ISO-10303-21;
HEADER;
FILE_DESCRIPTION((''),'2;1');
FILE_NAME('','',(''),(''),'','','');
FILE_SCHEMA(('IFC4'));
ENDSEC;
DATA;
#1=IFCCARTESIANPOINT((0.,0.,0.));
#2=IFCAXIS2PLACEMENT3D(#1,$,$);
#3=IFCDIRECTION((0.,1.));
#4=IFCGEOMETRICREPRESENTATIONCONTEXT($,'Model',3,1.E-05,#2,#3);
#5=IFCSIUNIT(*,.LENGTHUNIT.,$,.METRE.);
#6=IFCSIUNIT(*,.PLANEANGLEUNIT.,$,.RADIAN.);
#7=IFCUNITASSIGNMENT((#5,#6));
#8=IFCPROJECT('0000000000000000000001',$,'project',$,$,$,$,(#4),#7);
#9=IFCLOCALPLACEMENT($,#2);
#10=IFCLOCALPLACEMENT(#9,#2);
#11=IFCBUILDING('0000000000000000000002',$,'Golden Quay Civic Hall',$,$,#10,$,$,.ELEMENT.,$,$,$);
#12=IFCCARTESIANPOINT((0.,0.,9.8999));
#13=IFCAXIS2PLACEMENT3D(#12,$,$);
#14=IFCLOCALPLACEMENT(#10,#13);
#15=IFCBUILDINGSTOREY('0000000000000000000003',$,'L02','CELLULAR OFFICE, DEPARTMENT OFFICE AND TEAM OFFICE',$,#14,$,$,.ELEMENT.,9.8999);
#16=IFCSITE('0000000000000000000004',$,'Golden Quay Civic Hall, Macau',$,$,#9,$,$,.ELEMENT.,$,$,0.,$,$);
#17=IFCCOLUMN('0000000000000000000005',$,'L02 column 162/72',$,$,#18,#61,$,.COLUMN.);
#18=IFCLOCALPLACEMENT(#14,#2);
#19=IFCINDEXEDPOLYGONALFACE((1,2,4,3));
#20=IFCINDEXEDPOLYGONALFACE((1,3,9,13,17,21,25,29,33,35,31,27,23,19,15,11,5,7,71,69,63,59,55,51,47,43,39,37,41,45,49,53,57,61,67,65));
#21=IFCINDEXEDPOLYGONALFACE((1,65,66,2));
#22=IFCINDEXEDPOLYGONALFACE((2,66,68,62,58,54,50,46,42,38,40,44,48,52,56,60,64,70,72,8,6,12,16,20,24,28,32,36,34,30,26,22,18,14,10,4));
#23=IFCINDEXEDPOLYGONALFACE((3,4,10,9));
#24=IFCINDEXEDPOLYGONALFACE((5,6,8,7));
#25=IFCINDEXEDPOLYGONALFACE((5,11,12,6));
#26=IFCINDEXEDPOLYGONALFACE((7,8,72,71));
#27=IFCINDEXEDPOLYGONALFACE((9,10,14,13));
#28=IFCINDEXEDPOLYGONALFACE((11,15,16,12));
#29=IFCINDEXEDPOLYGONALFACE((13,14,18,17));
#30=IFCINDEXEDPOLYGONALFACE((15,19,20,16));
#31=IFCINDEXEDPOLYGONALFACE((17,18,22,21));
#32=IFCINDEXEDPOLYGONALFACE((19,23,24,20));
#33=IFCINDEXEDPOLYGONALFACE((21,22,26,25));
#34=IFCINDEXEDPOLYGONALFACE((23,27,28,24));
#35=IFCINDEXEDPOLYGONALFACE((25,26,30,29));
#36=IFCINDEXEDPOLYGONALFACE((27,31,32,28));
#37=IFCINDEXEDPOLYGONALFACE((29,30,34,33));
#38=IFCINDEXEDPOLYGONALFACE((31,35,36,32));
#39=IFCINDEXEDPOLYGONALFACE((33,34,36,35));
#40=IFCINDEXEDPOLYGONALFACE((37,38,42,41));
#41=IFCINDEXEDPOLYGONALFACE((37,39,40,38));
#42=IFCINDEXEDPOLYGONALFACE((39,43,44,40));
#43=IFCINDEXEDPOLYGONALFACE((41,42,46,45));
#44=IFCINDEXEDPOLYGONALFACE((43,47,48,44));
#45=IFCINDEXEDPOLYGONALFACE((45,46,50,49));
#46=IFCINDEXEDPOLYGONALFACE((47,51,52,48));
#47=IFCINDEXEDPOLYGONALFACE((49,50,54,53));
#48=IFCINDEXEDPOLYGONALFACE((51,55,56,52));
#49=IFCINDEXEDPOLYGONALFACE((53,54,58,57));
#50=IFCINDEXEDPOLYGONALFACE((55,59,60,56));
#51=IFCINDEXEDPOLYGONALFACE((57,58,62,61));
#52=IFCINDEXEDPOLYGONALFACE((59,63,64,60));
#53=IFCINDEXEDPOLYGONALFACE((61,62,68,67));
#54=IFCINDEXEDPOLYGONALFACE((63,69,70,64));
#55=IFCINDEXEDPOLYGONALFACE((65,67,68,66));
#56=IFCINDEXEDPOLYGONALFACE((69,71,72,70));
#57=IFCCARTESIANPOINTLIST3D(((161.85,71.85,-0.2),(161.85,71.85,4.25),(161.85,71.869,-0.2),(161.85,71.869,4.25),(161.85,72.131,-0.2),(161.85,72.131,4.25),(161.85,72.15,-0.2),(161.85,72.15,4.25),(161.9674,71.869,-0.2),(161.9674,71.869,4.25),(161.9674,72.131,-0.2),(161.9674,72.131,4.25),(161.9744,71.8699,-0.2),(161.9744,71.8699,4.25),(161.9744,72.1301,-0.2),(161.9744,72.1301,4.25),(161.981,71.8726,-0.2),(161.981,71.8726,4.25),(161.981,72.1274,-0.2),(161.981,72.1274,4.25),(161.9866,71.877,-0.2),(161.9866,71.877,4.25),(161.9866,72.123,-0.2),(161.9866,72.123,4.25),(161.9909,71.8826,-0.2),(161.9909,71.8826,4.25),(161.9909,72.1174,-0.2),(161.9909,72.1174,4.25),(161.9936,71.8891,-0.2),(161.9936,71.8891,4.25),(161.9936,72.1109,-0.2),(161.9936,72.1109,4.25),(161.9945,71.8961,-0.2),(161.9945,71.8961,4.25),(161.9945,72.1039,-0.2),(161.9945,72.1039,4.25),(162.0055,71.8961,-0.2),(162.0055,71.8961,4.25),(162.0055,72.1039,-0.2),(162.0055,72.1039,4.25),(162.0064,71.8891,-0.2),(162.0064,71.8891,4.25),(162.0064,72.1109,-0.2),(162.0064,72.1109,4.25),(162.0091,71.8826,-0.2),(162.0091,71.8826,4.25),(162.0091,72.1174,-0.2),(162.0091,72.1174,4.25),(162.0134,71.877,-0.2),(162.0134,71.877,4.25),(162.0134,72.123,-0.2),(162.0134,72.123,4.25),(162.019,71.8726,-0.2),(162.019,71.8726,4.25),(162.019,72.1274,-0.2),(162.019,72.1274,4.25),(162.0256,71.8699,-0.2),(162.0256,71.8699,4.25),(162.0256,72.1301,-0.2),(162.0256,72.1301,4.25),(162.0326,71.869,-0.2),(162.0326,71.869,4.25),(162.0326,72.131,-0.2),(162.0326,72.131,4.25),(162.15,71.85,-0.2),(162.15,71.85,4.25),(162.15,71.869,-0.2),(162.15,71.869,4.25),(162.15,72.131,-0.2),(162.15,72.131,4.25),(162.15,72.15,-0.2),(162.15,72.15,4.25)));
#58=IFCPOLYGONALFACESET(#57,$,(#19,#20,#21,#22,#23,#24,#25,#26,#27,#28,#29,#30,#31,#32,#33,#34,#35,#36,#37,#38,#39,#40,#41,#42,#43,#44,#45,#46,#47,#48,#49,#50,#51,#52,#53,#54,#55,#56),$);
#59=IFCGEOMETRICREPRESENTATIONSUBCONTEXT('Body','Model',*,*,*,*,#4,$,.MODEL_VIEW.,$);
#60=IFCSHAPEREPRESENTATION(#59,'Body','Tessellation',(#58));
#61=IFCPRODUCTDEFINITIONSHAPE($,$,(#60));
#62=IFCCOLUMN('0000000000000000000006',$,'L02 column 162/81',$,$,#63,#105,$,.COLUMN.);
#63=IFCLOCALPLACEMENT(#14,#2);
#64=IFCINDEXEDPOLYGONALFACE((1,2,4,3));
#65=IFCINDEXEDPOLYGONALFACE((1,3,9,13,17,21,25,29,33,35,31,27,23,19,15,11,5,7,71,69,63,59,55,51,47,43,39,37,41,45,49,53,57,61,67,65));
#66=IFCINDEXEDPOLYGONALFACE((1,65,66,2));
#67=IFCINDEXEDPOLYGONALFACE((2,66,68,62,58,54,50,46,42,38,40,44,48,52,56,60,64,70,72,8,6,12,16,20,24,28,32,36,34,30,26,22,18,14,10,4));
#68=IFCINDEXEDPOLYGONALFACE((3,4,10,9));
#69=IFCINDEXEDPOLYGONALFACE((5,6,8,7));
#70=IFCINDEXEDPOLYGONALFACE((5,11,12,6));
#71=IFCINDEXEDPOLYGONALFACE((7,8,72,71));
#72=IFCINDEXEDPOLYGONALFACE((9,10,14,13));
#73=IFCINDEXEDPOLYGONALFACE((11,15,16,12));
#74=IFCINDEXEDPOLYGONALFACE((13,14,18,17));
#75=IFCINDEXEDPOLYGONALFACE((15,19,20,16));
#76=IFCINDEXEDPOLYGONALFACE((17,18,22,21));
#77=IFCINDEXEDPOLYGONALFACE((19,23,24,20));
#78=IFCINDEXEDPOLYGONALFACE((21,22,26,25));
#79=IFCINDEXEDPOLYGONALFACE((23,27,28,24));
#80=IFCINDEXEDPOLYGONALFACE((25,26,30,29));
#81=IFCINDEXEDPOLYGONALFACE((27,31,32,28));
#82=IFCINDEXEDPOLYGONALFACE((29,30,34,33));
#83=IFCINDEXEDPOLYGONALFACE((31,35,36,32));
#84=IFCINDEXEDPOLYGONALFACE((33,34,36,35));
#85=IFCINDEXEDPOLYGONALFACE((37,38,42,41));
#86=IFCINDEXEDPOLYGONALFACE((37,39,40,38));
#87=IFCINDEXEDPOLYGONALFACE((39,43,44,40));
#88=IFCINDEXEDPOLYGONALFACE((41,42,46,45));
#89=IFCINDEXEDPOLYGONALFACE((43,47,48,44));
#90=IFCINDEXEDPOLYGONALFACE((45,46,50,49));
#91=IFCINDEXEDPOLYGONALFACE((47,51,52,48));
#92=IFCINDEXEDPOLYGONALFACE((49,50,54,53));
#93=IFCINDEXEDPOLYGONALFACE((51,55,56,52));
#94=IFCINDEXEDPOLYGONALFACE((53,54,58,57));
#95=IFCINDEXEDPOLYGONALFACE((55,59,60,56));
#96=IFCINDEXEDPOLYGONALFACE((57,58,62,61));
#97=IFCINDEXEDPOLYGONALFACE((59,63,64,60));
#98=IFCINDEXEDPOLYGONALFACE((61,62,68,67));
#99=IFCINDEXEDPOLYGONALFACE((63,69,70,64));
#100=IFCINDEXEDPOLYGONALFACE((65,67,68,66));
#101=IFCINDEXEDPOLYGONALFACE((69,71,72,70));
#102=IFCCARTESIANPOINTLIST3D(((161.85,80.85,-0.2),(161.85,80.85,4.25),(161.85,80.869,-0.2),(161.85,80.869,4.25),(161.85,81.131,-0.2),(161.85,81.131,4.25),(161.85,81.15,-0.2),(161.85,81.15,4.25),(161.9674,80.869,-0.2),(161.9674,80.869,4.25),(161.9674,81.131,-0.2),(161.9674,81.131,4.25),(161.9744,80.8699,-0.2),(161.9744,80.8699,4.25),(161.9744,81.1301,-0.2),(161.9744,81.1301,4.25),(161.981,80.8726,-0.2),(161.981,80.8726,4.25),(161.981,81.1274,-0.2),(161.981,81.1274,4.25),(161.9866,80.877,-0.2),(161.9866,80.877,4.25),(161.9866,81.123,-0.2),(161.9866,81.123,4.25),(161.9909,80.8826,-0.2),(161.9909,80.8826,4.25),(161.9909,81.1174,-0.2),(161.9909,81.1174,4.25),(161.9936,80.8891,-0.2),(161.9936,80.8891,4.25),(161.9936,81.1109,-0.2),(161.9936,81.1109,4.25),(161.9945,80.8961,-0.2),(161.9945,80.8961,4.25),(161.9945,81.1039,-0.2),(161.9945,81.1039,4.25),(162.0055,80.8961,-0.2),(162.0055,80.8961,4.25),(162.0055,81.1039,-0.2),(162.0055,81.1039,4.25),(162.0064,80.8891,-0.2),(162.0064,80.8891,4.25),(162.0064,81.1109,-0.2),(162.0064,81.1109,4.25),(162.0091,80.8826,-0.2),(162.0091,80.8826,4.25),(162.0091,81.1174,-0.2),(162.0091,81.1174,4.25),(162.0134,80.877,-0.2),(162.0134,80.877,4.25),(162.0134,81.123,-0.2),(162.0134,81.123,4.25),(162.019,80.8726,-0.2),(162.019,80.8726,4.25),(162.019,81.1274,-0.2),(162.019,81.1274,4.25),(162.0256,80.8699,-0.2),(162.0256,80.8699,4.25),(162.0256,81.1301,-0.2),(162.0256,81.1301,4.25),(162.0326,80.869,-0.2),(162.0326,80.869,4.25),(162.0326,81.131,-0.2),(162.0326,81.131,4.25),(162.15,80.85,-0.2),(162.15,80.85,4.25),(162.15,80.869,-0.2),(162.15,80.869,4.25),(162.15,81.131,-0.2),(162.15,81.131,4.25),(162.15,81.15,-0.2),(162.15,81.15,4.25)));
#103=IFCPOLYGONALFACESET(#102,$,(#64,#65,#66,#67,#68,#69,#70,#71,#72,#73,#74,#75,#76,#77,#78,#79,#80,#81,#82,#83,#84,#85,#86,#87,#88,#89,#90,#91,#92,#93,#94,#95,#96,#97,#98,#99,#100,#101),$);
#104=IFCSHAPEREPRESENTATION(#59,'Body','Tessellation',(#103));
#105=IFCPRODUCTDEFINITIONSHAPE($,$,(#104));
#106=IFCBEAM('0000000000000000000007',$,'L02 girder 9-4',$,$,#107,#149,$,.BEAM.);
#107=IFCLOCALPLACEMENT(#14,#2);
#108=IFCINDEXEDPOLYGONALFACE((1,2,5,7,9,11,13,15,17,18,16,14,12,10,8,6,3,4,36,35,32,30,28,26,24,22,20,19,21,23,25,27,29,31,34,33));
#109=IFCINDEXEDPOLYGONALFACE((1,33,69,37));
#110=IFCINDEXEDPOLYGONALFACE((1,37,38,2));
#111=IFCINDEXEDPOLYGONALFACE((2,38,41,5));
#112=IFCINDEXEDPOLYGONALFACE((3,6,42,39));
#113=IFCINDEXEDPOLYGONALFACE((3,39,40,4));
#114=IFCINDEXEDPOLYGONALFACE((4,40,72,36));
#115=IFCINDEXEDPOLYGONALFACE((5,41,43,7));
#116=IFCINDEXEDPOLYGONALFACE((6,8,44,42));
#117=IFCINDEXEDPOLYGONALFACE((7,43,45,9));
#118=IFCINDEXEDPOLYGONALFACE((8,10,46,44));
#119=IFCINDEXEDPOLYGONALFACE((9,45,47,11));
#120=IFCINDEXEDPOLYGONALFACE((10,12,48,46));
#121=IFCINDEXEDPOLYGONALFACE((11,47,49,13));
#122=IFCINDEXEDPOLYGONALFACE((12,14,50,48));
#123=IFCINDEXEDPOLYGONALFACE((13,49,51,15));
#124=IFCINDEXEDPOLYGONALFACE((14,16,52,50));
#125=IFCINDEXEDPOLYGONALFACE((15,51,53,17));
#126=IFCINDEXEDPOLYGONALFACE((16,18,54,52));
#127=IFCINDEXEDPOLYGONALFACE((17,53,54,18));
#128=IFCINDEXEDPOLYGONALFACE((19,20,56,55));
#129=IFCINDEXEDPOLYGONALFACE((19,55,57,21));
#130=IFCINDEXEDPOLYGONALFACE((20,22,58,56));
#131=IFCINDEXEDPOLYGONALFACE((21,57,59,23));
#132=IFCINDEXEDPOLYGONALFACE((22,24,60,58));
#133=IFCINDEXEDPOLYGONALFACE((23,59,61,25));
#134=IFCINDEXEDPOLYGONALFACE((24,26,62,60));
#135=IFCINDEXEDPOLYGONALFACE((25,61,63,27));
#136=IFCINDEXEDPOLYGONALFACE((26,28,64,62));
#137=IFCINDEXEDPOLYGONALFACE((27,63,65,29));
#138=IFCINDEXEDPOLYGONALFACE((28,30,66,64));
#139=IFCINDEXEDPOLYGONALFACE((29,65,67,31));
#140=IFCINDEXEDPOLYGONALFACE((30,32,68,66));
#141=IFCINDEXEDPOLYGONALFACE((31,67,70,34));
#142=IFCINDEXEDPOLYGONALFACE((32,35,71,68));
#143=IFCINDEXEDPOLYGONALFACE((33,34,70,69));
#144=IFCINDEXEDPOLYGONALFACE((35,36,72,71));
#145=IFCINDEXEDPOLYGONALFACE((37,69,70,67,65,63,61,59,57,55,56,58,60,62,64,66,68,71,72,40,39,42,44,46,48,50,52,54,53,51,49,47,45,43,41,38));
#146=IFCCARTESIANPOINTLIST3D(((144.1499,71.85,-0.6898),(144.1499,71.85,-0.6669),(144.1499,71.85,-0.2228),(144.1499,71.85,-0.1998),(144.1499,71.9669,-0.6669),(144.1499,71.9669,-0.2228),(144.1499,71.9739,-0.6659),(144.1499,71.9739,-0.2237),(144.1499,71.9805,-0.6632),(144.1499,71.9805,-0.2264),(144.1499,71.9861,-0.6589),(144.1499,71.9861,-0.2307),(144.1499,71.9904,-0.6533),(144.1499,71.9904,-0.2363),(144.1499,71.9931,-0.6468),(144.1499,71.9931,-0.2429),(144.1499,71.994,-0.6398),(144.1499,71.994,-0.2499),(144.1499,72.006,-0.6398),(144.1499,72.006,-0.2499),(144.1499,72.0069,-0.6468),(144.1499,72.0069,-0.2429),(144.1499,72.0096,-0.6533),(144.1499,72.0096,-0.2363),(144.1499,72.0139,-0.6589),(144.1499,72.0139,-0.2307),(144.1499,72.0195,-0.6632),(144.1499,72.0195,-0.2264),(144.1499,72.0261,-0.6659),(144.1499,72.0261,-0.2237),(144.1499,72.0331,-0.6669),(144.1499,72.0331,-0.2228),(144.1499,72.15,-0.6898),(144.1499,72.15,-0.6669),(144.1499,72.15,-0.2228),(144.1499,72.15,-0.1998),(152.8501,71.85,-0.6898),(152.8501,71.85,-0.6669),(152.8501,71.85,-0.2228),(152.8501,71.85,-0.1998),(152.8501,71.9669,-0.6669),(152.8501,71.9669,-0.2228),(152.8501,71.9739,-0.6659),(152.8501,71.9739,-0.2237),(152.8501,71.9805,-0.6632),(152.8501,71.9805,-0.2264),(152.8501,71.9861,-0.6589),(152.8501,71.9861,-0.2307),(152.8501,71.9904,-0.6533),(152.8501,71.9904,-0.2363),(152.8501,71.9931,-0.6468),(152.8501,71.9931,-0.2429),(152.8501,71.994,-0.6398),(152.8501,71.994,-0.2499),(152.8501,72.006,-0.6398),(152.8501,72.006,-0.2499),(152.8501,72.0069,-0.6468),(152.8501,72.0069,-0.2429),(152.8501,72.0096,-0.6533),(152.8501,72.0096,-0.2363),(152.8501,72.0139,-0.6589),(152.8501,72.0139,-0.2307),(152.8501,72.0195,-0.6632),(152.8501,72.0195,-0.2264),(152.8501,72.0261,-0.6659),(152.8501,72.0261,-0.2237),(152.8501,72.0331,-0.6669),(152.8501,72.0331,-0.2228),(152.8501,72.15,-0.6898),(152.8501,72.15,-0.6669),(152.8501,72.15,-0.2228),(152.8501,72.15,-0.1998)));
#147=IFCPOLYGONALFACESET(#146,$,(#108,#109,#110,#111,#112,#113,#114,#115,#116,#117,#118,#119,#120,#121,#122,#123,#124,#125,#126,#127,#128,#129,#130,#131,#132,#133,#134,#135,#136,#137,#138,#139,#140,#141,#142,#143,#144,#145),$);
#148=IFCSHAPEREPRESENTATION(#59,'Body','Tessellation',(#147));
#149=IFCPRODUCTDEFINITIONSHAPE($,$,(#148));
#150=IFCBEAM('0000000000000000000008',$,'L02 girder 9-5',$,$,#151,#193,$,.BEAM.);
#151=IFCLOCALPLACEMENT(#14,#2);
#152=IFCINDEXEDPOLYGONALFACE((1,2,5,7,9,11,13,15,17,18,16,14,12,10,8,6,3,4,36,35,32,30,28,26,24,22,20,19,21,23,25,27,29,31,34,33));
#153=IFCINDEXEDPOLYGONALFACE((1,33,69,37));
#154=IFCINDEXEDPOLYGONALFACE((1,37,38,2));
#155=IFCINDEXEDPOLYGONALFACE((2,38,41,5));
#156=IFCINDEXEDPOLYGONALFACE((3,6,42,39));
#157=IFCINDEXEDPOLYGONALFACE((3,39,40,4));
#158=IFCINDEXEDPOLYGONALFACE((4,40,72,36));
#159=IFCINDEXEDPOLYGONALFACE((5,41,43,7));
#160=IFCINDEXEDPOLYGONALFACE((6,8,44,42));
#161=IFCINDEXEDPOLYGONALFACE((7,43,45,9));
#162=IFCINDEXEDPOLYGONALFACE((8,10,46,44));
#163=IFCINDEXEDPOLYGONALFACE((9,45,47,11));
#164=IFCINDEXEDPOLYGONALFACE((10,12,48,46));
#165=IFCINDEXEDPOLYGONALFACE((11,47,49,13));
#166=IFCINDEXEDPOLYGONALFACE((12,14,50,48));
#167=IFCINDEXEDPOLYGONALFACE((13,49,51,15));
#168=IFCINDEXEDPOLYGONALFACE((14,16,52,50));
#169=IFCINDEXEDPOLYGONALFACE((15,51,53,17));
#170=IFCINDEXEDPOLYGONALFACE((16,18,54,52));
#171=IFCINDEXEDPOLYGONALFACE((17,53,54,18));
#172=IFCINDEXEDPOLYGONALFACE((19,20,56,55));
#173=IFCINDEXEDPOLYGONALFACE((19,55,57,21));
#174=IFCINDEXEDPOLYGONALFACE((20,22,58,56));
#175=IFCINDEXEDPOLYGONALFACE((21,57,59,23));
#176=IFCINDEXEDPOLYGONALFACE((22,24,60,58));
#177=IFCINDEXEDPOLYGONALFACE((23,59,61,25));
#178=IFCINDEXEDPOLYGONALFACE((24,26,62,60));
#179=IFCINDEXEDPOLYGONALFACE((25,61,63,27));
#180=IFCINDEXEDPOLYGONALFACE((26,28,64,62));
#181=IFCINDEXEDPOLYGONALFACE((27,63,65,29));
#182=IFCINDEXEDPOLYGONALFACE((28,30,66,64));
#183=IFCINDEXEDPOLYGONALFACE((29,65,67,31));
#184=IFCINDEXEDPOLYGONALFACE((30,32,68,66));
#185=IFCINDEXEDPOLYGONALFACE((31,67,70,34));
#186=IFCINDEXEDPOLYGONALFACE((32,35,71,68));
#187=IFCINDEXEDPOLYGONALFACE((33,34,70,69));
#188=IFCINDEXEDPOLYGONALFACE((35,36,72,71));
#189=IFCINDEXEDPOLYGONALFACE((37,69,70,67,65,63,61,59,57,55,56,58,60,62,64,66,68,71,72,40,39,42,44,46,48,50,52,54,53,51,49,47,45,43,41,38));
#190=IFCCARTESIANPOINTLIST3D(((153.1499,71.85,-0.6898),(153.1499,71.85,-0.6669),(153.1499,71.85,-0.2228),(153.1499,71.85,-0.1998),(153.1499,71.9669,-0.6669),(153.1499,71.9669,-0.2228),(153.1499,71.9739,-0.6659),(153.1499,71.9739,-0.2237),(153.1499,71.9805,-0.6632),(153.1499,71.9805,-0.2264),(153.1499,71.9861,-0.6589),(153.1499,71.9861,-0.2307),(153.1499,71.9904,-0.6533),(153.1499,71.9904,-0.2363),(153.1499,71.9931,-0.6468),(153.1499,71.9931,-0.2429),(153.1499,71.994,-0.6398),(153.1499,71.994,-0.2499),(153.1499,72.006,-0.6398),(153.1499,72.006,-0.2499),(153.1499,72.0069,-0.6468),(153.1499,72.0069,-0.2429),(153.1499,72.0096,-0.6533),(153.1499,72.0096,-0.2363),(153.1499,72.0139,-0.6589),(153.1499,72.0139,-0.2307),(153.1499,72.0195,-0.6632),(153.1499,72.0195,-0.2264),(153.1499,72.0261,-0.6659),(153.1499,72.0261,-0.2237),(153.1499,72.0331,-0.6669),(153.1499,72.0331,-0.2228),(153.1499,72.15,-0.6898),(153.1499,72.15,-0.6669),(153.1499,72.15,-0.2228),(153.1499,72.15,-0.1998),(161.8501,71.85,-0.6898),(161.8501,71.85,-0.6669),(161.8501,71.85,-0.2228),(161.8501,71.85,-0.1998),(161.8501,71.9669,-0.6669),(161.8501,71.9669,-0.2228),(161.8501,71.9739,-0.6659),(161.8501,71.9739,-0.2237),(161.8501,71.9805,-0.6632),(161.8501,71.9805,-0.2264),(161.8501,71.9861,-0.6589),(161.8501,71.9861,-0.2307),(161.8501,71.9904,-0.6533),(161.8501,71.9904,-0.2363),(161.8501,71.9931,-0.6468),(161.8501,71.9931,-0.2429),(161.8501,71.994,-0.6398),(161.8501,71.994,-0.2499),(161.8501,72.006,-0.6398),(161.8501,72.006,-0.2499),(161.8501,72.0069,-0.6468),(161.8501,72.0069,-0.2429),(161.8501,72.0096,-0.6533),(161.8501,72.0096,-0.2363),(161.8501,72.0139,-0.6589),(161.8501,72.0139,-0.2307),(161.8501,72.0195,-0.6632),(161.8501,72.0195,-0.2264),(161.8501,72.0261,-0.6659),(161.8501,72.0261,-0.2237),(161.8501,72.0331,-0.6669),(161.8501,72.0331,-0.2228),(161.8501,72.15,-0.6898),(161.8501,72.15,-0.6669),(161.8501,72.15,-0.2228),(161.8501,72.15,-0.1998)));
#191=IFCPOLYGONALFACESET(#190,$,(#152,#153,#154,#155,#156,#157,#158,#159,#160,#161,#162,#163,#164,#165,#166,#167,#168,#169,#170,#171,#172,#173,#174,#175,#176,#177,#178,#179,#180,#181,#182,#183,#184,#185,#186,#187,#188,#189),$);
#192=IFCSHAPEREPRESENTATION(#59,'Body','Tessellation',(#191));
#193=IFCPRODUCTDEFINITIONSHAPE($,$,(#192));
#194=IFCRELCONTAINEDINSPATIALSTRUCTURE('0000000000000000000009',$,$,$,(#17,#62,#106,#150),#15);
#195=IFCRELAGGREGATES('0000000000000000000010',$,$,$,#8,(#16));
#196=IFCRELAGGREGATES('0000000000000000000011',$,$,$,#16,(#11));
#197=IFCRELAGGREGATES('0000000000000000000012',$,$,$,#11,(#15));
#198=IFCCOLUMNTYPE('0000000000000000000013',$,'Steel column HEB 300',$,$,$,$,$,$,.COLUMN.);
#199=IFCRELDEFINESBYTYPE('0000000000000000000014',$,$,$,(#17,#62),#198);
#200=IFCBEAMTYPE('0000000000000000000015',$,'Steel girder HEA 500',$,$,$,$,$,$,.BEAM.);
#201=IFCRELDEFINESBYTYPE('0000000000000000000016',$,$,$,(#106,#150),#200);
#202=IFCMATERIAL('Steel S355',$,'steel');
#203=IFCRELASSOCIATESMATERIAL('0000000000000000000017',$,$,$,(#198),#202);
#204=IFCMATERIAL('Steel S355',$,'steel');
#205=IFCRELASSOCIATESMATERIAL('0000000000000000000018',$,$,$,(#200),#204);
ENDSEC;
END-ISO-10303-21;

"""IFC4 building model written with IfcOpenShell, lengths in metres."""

from ifc_helpers import new_model, si_unit, direction, frame, origin, origin_2d, place, context, subcontext, project, spatial, i_section, extrude, material, material_profile, profile_set, type_object, element, save


model = new_model("IFC4")

# Units and contexts
model_context = context("Model", 3, precision=1e-05, world=origin(), true_north=direction((0.0, 1.0)))
body_context = subcontext(model_context, "Body", "Model", "MODEL_VIEW")
ifc_project = project(units=[si_unit("LENGTHUNIT", "METRE"), si_unit("PLANEANGLEUNIT", "RADIAN")], contexts=[model_context])

# Site, building, storey
site_placement = place(None, origin())
site = spatial("IfcSite", under=ifc_project, at=site_placement, Name="Golden Quay Civic Hall, Macau", CompositionType="ELEMENT", RefElevation=0.0)
building_placement = place(site_placement, origin())
building = spatial("IfcBuilding", under=site, at=building_placement, Name="Golden Quay Civic Hall", CompositionType="ELEMENT")
storey_placement = place(building_placement, frame((0.0, 0.0, 9.8999)))
storey = spatial("IfcBuildingStorey", under=building, at=storey_placement, Name="L02", Description="CELLULAR OFFICE, DEPARTMENT OFFICE AND TEAM OFFICE", CompositionType="ELEMENT", Elevation=9.8999)

# Columns
ifc_material_1 = material(Name="Steel S355", Category="steel")
ifc_material_profile_1 = material_profile(ifc_material_1, i_section(OverallWidth=0.3, OverallDepth=0.3, WebThickness=0.011, FlangeThickness=0.019, FilletRadius=0.0271, at=origin_2d()), Name="HEB 300")
ifc_profile_set_1 = profile_set([ifc_material_profile_1], Name="Steel S355")
column_type = type_object("IfcColumnType", Name="Steel column HEB 300", PredefinedType="COLUMN", material=ifc_profile_set_1)
for number, where, z_axis, x_axis, name in (
    (1, (162.0, 72.0, -0.2), (0.0, 0.0, 1.0), (1.0, 0.0, 0.0), "L02 column 162/72"),
    (2, (162.0, 81.0, -0.2), (0.0, 0.0, 1.0), (1.0, 0.0, 0.0), "L02 column 162/81"),
):
    element("IfcColumn", number, at=place(storey_placement, frame(where, z_axis=z_axis, x_axis=x_axis)), inside=storey, type_object=column_type, Name=name, PredefinedType="COLUMN", context=body_context, shape_type="SweptSolid", body=[
        extrude(i_section(OverallWidth=0.3, OverallDepth=0.3, WebThickness=0.011, FlangeThickness=0.019, FilletRadius=0.0271, at=origin_2d()), origin(), (0.0, 0.0, 1.0), 4.45),
    ])

# Beams
ifc_material_2 = material(Name="Steel S355", Category="steel")
ifc_material_profile_2 = material_profile(ifc_material_2, i_section(OverallWidth=0.3, OverallDepth=0.49, WebThickness=0.012, FlangeThickness=0.0229, FilletRadius=0.0271, at=origin_2d()), Name="HEA 500")
ifc_profile_set_2 = profile_set([ifc_material_profile_2], Name="Steel S355")
beam_type_1 = type_object("IfcBeamType", Name="Steel girder HEA 500", PredefinedType="BEAM", material=ifc_profile_set_2)
for number, where, z_axis, x_axis, name in (
    (3, (144.1499, 72.0, -0.4448), (1.0, 0.0, 0.0), (0.0, 1.0, 0.0), "L02 girder 9-4"),
    (4, (153.1499, 72.0, -0.4448), (1.0, 0.0, 0.0), (0.0, 1.0, 0.0), "L02 girder 9-5"),
):
    element("IfcBeam", number, at=place(storey_placement, frame(where, z_axis=z_axis, x_axis=x_axis)), inside=storey, type_object=beam_type_1, Name=name, PredefinedType="BEAM", context=body_context, shape_type="SweptSolid", body=[
        extrude(i_section(OverallWidth=0.3, OverallDepth=0.49, WebThickness=0.012, FlangeThickness=0.0229, FilletRadius=0.0271, at=origin_2d()), origin(), (0.0, 0.0, 1.0), 8.7002),
    ])

save(model, "model.ifc")
